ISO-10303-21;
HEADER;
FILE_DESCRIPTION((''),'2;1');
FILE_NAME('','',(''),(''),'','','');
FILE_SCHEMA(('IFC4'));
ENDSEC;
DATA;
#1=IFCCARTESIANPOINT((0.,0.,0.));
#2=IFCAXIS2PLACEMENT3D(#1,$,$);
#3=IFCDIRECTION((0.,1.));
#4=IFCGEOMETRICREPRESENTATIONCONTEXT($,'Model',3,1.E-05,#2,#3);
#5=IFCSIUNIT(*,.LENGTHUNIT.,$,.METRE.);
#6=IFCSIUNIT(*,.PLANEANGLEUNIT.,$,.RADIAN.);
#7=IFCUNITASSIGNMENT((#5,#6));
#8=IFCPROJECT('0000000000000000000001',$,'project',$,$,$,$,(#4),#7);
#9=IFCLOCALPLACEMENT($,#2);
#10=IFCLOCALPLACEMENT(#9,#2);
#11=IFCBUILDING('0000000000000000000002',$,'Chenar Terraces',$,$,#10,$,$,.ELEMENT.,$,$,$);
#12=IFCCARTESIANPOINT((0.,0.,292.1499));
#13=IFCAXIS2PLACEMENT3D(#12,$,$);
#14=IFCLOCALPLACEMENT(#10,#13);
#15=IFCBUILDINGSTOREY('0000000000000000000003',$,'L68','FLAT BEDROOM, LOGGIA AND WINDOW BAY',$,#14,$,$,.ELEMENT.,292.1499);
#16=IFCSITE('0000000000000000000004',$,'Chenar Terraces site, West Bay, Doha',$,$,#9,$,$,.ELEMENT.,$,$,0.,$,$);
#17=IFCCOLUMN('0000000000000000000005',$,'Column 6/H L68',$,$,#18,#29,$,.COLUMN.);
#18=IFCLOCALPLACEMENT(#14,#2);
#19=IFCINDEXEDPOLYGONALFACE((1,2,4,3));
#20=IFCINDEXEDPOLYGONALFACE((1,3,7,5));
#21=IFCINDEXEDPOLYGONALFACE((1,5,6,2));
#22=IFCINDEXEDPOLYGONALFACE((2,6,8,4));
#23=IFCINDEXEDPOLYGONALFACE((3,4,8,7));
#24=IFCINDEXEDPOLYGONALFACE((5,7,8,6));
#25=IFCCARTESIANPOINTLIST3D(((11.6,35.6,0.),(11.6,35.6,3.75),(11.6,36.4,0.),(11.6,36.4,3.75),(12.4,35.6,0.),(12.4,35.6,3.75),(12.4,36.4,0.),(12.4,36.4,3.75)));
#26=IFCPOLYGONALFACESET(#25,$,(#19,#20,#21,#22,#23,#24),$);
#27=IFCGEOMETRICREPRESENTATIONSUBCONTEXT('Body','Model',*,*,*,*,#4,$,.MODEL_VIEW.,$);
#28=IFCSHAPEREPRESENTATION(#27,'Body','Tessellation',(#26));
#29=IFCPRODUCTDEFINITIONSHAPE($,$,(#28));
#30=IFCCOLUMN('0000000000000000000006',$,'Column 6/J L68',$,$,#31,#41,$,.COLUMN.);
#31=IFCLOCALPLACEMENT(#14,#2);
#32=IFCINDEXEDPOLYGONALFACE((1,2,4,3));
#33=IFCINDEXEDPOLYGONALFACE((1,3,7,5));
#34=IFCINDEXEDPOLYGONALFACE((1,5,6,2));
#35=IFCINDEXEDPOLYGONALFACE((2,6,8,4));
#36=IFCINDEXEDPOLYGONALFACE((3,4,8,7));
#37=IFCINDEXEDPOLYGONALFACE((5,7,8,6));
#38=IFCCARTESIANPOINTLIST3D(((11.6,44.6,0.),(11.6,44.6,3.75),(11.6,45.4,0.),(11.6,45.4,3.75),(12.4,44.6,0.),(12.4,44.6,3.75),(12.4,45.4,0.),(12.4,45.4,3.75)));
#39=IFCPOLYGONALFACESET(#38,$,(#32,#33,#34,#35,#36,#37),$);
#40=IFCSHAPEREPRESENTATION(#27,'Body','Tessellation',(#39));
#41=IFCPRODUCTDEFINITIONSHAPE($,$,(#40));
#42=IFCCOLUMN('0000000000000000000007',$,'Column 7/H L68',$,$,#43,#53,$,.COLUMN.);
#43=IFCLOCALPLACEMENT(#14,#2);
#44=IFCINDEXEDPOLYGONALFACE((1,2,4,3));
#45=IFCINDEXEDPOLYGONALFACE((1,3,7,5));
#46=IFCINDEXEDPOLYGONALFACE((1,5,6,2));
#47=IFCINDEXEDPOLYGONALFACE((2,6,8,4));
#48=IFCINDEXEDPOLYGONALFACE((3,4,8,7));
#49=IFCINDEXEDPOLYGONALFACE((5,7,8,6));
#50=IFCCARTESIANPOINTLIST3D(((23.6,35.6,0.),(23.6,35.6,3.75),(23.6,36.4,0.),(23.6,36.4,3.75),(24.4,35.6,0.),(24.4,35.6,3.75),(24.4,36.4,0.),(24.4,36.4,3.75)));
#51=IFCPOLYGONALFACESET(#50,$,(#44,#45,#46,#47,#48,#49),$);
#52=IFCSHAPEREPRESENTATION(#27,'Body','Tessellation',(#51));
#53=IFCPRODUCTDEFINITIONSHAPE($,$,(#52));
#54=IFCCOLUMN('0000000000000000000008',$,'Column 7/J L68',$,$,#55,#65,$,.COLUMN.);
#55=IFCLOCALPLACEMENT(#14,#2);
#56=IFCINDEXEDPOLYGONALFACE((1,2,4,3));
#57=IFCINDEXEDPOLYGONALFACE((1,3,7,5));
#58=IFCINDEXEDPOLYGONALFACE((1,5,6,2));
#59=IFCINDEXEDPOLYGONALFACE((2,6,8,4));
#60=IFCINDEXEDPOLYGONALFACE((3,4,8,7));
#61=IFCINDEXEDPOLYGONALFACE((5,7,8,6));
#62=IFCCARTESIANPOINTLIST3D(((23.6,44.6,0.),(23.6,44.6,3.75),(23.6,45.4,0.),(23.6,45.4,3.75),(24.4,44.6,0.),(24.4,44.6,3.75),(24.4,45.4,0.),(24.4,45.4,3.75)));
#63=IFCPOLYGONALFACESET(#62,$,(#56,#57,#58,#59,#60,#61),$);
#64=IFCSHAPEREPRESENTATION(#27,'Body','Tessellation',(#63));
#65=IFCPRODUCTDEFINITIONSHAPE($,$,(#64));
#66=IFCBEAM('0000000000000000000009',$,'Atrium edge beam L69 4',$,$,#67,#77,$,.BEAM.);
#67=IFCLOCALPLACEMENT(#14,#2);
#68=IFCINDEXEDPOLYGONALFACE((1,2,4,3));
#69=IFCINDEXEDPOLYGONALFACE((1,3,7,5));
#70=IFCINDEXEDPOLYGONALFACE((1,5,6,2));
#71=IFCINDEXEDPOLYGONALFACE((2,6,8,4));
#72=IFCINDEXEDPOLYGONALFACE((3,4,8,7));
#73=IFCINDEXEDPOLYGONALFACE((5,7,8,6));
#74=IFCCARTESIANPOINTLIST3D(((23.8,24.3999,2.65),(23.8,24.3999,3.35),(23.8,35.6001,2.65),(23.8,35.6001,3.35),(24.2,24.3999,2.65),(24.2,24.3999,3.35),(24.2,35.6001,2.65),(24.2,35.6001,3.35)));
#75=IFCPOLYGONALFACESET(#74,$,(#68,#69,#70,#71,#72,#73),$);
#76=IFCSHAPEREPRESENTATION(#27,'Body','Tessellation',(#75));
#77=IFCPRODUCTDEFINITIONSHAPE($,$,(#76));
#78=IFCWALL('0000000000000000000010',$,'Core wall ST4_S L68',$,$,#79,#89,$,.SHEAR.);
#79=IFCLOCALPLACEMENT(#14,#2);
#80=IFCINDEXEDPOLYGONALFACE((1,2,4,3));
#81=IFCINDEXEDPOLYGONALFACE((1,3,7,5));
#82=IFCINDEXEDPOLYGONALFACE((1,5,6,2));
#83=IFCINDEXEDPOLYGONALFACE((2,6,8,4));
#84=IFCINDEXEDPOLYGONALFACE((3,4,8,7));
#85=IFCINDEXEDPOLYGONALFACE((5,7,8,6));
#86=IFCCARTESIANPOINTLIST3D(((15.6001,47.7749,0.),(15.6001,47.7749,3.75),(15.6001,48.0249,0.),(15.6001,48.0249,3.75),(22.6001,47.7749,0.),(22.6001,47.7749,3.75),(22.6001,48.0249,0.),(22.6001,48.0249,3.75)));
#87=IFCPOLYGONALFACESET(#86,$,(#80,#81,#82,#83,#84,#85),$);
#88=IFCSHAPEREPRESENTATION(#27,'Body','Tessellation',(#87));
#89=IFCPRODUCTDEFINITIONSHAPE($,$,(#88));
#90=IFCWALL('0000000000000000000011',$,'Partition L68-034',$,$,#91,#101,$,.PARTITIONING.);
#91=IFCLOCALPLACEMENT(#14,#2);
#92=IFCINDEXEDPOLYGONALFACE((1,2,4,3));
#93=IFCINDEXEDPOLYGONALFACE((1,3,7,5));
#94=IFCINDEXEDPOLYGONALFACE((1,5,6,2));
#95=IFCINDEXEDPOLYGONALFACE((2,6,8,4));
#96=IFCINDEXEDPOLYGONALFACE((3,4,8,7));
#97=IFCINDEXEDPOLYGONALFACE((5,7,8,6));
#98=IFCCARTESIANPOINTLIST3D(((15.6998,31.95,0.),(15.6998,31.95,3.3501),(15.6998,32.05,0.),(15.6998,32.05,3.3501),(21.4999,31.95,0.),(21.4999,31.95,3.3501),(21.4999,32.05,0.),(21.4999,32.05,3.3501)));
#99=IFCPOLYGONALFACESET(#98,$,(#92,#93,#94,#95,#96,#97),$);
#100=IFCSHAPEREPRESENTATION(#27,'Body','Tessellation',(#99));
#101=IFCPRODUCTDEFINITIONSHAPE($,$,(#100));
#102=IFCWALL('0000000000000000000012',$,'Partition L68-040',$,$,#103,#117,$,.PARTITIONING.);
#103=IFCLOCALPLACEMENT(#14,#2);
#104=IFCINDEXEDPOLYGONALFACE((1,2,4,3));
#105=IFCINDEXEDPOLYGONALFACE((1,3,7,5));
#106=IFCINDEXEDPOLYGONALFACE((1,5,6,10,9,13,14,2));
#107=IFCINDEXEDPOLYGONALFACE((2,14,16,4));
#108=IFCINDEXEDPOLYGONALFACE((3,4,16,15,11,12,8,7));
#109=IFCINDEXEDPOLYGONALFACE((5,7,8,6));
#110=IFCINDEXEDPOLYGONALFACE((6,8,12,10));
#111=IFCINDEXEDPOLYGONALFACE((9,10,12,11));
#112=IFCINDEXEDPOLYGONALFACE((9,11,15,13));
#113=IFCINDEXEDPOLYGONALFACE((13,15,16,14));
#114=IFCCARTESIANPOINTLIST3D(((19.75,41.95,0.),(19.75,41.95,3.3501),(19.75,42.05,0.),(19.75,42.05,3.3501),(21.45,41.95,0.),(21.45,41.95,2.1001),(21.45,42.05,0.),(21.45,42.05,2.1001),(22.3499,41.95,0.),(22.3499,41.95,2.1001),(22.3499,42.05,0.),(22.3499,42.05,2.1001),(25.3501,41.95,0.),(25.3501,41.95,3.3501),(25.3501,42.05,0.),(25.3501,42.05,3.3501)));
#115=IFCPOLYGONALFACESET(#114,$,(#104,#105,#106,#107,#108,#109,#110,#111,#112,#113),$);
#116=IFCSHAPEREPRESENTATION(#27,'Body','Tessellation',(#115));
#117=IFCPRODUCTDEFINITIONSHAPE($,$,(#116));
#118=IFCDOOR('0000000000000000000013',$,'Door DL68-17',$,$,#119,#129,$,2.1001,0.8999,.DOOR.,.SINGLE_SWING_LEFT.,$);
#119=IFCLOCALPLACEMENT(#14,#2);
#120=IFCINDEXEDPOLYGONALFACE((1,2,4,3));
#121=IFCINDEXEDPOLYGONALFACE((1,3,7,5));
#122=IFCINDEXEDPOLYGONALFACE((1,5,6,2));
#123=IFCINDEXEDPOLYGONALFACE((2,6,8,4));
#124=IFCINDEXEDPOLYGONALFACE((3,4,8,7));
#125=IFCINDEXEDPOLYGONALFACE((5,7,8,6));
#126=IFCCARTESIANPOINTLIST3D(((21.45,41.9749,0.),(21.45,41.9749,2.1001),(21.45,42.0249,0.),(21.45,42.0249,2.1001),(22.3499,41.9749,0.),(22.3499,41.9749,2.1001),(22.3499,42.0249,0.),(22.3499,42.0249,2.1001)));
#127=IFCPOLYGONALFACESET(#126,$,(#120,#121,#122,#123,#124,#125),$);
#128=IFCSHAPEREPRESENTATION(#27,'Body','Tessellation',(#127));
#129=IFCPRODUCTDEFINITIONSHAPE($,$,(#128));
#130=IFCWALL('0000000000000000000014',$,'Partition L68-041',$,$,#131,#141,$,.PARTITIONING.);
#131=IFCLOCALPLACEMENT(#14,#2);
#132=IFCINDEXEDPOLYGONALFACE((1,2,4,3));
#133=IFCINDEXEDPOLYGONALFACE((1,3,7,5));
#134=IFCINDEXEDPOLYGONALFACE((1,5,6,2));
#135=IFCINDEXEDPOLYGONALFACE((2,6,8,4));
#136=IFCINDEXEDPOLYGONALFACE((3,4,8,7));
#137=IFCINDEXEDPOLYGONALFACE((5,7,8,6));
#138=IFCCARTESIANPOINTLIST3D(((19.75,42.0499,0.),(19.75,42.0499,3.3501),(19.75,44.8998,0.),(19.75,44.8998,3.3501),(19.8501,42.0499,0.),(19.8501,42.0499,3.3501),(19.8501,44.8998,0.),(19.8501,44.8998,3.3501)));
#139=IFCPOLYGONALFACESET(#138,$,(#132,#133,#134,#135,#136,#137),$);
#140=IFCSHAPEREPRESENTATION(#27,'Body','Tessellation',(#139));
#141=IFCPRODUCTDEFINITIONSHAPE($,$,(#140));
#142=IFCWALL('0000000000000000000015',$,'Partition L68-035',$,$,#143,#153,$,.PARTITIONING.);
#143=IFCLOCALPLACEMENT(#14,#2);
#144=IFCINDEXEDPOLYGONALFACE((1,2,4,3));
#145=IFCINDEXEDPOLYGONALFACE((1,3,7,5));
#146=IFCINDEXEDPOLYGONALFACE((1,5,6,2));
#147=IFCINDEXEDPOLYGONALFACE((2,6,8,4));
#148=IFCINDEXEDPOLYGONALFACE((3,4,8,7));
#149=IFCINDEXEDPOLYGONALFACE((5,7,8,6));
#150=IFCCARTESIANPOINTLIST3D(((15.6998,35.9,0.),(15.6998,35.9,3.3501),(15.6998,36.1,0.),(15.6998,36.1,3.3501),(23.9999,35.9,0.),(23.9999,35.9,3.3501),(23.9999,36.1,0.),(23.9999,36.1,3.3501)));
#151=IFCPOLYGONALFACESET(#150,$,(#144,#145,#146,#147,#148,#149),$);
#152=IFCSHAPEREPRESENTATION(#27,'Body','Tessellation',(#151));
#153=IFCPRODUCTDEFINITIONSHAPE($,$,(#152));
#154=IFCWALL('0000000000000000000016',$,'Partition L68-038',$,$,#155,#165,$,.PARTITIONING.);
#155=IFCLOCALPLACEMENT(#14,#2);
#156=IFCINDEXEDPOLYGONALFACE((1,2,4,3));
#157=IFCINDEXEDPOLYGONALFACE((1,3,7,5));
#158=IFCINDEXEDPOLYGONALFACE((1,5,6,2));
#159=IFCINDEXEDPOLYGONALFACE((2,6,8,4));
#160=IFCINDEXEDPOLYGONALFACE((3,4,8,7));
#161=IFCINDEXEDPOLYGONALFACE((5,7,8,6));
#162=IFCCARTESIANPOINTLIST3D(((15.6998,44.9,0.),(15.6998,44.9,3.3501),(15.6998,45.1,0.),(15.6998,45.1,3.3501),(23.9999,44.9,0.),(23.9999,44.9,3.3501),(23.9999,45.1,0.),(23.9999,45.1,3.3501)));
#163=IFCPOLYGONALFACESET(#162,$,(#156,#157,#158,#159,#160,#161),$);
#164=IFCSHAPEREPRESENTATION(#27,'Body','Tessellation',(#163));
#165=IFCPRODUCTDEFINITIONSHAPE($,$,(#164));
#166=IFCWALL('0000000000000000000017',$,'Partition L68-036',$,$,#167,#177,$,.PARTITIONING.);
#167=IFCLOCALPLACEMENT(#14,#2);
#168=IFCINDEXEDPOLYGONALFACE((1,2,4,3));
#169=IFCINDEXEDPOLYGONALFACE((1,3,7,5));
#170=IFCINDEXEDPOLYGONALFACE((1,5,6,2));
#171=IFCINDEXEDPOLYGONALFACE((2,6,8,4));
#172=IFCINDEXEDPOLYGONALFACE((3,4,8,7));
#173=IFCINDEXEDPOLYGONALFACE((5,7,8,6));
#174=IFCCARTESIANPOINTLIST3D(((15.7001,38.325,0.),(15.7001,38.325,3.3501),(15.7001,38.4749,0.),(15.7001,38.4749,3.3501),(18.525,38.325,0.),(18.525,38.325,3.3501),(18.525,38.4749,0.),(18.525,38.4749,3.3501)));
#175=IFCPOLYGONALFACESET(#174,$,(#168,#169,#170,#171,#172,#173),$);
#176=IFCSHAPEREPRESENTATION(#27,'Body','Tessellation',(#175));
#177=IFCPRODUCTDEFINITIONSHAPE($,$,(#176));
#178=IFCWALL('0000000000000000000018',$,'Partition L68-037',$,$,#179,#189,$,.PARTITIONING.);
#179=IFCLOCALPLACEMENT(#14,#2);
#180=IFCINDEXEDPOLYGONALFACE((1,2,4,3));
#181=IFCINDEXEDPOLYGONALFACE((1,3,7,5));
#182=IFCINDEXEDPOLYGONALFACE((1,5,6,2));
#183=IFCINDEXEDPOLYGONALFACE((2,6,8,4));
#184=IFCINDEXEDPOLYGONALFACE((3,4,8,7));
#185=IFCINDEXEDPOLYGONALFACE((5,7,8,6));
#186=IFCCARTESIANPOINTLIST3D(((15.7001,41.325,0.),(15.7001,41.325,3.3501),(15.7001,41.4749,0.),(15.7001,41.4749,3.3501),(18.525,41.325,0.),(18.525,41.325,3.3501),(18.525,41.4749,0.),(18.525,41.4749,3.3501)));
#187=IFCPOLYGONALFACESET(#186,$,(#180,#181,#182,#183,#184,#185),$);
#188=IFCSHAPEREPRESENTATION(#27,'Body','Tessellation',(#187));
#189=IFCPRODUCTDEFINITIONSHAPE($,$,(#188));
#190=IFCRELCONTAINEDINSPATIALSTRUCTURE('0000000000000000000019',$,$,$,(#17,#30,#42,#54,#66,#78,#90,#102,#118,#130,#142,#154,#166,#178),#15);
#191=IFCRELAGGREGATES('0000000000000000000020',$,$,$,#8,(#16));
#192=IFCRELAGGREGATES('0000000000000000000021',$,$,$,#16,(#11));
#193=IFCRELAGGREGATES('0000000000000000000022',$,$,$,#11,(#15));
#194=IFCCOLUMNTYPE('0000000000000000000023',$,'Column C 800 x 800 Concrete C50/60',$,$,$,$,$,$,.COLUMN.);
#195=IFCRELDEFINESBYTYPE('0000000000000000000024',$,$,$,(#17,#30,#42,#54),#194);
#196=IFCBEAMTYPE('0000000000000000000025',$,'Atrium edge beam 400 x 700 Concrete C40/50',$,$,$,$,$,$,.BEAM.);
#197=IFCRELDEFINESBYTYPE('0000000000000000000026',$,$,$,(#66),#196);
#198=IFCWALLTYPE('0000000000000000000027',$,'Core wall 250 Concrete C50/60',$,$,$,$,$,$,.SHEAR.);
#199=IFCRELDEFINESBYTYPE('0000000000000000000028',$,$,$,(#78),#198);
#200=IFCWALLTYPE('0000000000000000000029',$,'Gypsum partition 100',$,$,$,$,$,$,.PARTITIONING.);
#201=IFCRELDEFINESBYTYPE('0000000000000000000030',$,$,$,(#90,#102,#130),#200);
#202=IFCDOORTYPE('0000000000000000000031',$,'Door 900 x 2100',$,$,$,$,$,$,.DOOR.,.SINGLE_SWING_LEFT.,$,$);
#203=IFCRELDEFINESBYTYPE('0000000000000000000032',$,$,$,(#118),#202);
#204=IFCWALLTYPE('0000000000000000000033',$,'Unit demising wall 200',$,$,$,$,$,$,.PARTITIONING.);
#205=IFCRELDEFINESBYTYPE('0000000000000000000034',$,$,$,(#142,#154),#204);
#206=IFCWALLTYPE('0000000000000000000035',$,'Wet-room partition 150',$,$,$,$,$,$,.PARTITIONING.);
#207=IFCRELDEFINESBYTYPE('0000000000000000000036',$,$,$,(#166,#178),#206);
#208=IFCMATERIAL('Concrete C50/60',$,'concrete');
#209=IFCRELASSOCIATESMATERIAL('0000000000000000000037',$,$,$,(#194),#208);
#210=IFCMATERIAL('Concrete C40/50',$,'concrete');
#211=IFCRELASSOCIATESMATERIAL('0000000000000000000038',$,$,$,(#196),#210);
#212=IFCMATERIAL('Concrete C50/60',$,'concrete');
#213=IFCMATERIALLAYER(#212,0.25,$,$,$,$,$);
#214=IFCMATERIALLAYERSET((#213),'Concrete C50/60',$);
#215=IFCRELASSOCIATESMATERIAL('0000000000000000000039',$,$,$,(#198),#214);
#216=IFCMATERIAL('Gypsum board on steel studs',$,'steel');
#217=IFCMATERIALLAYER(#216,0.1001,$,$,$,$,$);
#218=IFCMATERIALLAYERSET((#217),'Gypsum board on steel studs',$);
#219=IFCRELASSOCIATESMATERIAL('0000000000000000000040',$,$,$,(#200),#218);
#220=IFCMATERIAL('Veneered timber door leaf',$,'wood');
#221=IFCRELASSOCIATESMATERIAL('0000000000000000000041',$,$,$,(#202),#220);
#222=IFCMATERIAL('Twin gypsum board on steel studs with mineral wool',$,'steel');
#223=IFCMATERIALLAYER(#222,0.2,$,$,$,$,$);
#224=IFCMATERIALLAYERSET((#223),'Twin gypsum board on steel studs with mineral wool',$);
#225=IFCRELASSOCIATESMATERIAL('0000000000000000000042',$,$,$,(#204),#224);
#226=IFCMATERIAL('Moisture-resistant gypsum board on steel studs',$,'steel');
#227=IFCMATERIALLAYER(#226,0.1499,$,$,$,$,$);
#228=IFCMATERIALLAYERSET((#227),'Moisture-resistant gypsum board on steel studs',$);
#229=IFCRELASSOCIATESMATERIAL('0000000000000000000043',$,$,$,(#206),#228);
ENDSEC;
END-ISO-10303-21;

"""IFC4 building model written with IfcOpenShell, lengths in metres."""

from ifc_helpers import new_model, si_unit, direction, frame, frame_2d, origin, origin_2d, place, context, subcontext, project, spatial, rectangle, extrude, material, layer, layer_set, material_profile, profile_set, type_object, element, fill, save


model = new_model("IFC4")

# Units and contexts
model_context = context("Model", 3, precision=1e-05, world=origin(), true_north=direction((0.0, 1.0)))
body_context = subcontext(model_context, "Body", "Model", "MODEL_VIEW")
ifc_project = project(units=[si_unit("LENGTHUNIT", "METRE"), si_unit("PLANEANGLEUNIT", "RADIAN")], contexts=[model_context])

# Site, building, storey
site_placement = place(None, origin())
site = spatial("IfcSite", under=ifc_project, at=site_placement, Name="Chenar Terraces site, West Bay, Doha", CompositionType="ELEMENT", RefElevation=0.0)
building_placement = place(site_placement, origin())
building = spatial("IfcBuilding", under=site, at=building_placement, Name="Chenar Terraces", CompositionType="ELEMENT")
storey_placement = place(building_placement, frame((0.0, 0.0, 292.1499)))
storey = spatial("IfcBuildingStorey", under=building, at=storey_placement, Name="L68", Description="FLAT BEDROOM, LOGGIA AND WINDOW BAY", CompositionType="ELEMENT", Elevation=292.1499)

# Columns
ifc_material_1 = material(Name="Concrete C50/60", Category="concrete")
ifc_material_profile_1 = material_profile(ifc_material_1, rectangle(XDim=0.8, YDim=0.8, at=origin_2d()), Name="C 800 x 800")
ifc_profile_set_1 = profile_set([ifc_material_profile_1], Name="Concrete C50/60")
column_type = type_object("IfcColumnType", Name="Column C 800 x 800 Concrete C50/60", PredefinedType="COLUMN", material=ifc_profile_set_1)
for number, where, z_axis, x_axis, name in (
    (1, (12.0, 36.0, 0.0), (0.0, 0.0, 1.0), (1.0, 0.0, 0.0), "Column 6/H L68"),
    (2, (12.0, 45.0, 0.0), (0.0, 0.0, 1.0), (1.0, 0.0, 0.0), "Column 6/J L68"),
    (3, (24.0, 36.0, 0.0), (0.0, 0.0, 1.0), (1.0, 0.0, 0.0), "Column 7/H L68"),
    (4, (24.0, 45.0, 0.0), (0.0, 0.0, 1.0), (1.0, 0.0, 0.0), "Column 7/J L68"),
):
    element("IfcColumn", number, at=place(storey_placement, frame(where, z_axis=z_axis, x_axis=x_axis)), inside=storey, type_object=column_type, Name=name, PredefinedType="COLUMN", context=body_context, shape_type="SweptSolid", body=[
        extrude(rectangle(XDim=0.8, YDim=0.8, at=origin_2d()), origin(), (0.0, 0.0, 1.0), 3.75),
    ])

# Beam
ifc_material_2 = material(Name="Concrete C40/50", Category="concrete")
ifc_material_profile_2 = material_profile(ifc_material_2, rectangle(XDim=0.3999, YDim=0.7, at=origin_2d()), Name="RC 400 x 700")
ifc_profile_set_2 = profile_set([ifc_material_profile_2], Name="Concrete C40/50")
beam_type = type_object("IfcBeamType", Name="Atrium edge beam 400 x 700 Concrete C40/50", PredefinedType="BEAM", material=ifc_profile_set_2)
beam_placement = place(storey_placement, frame((24.0, 35.6001, 3.0), z_axis=(0.0, -1.0, 0.0), x_axis=(1.0, 0.0, 0.0)))
element("IfcBeam", 5, at=beam_placement, inside=storey, type_object=beam_type, Name="Atrium edge beam L69 4", PredefinedType="BEAM", context=body_context, shape_type="SweptSolid", body=[
    extrude(rectangle(XDim=0.3999, YDim=0.7, at=origin_2d()), origin(), (0.0, 0.0, 1.0), 11.2002),
])

# Walls
ifc_material_3 = material(Name="Concrete C50/60", Category="concrete")
ifc_layer_1 = layer(ifc_material_3, 0.25)
ifc_layer_set_1 = layer_set([ifc_layer_1], Name="Concrete C50/60")
wall_type_1 = type_object("IfcWallType", Name="Core wall 250 Concrete C50/60", PredefinedType="SHEAR", material=ifc_layer_set_1)
wall_1_placement = place(storey_placement, frame((15.6001, 47.8999, 0.0), z_axis=(0.0, 0.0, 1.0), x_axis=(1.0, 0.0, 0.0)))
element("IfcWall", 6, at=wall_1_placement, inside=storey, type_object=wall_type_1, Name="Core wall ST4_S L68", PredefinedType="SHEAR", context=body_context, shape_type="SweptSolid", body=[
    extrude(rectangle(XDim=7.0, YDim=0.25, at=frame_2d((3.5, 0.0))), origin(), (0.0, 0.0, 1.0), 3.75),
])
ifc_material_4 = material(Name="Gypsum board on steel studs", Category="steel")
ifc_layer_2 = layer(ifc_material_4, 0.1001)
ifc_layer_set_2 = layer_set([ifc_layer_2], Name="Gypsum board on steel studs")
wall_type_2 = type_object("IfcWallType", Name="Gypsum partition 100", PredefinedType="PARTITIONING", material=ifc_layer_set_2)
wall_2_placement = place(storey_placement, frame((15.7, 32.0, 0.0), z_axis=(0.0, 0.0, 1.0), x_axis=(1.0, 0.0, 0.0)))
element("IfcWall", 7, at=wall_2_placement, inside=storey, type_object=wall_type_2, Name="Partition L68-034", PredefinedType="PARTITIONING", context=body_context, shape_type="SweptSolid", body=[
    extrude(rectangle(XDim=5.8, YDim=0.1001, at=frame_2d((2.8999, 0.0))), origin(), (0.0, 0.0, 1.0), 3.3501),
])

# Wall, opening, door
wall_3_placement = place(storey_placement, frame((19.75, 42.0, 0.0), z_axis=(0.0, 0.0, 1.0), x_axis=(1.0, 0.0, 0.0)))
wall_3 = element("IfcWall", 8, at=wall_3_placement, inside=storey, type_object=wall_type_2, Name="Partition L68-040", PredefinedType="PARTITIONING", context=body_context, shape_type="SweptSolid", body=[
    extrude(rectangle(XDim=5.6001, YDim=0.1001, at=frame_2d((2.8, 0.0))), origin(), (0.0, 0.0, 1.0), 3.3501),
])
opening_1_placement = place(wall_3_placement, frame((1.7, 0.0, 0.0)))
opening_1 = element("IfcOpeningElement", 9, at=opening_1_placement, cuts=wall_3, PredefinedType="OPENING", context=body_context, shape_type="SweptSolid", body=[
    extrude(rectangle(XDim=0.8999, YDim=2.1001, at=frame_2d((0.45, 1.05))), frame((0.0, 0.0601, 0.0), z_axis=(0.0, -1.0, 0.0), x_axis=(1.0, 0.0, 0.0)), (0.0, 0.0, 1.0), 0.1201),
])
ifc_material_5 = material(Name="Veneered timber door leaf", Category="wood")
door_type_1 = type_object("IfcDoorType", Name="Door 900 x 2100", OperationType="SINGLE_SWING_LEFT", PredefinedType="DOOR", material=ifc_material_5)
door_1_placement = place(opening_1_placement, origin())
door_1 = element("IfcDoor", 10, at=door_1_placement, inside=storey, type_object=door_type_1, Name="Door DL68-17", OperationType="SINGLE_SWING_LEFT", OverallHeight=2.1001, OverallWidth=0.8999, PredefinedType="DOOR", context=body_context, shape_type="SweptSolid", body=[
    extrude(rectangle(XDim=0.8999, YDim=2.1001, at=frame_2d((0.45, 1.05))), frame((0.0, 0.0249, 0.0), z_axis=(0.0, -1.0, 0.0), x_axis=(1.0, 0.0, 0.0)), (0.0, 0.0, 1.0), 0.05),
])
fill(opening_1, door_1)

# Walls
wall_4_placement = place(storey_placement, frame((19.8, 42.05, 0.0), z_axis=(0.0, 0.0, 1.0), x_axis=(0.0, 1.0, 0.0)))
element("IfcWall", 11, at=wall_4_placement, inside=storey, type_object=wall_type_2, Name="Partition L68-041", PredefinedType="PARTITIONING", context=body_context, shape_type="SweptSolid", body=[
    extrude(rectangle(XDim=2.8499, YDim=0.1001, at=frame_2d((1.4248, 0.0))), origin(), (0.0, 0.0, 1.0), 3.3501),
])
ifc_material_6 = material(Name="Twin gypsum board on steel studs with mineral wool", Category="steel")
ifc_layer_3 = layer(ifc_material_6, 0.2)
ifc_layer_set_3 = layer_set([ifc_layer_3], Name="Twin gypsum board on steel studs with mineral wool")
wall_type_3 = type_object("IfcWallType", Name="Unit demising wall 200", PredefinedType="PARTITIONING", material=ifc_layer_set_3)
for number, where, z_axis, x_axis, name in (
    (12, (15.7, 36.0, 0.0), (0.0, 0.0, 1.0), (1.0, 0.0, 0.0), "Partition L68-035"),
    (13, (15.7, 45.0, 0.0), (0.0, 0.0, 1.0), (1.0, 0.0, 0.0), "Partition L68-038"),
):
    element("IfcWall", number, at=place(storey_placement, frame(where, z_axis=z_axis, x_axis=x_axis)), inside=storey, type_object=wall_type_3, Name=name, PredefinedType="PARTITIONING", context=body_context, shape_type="SweptSolid", body=[
        extrude(rectangle(XDim=8.3, YDim=0.2, at=frame_2d((4.1499, 0.0))), origin(), (0.0, 0.0, 1.0), 3.3501),
    ])
ifc_material_7 = material(Name="Moisture-resistant gypsum board on steel studs", Category="steel")
ifc_layer_4 = layer(ifc_material_7, 0.1499)
ifc_layer_set_4 = layer_set([ifc_layer_4], Name="Moisture-resistant gypsum board on steel studs")
wall_type_4 = type_object("IfcWallType", Name="Wet-room partition 150", PredefinedType="PARTITIONING", material=ifc_layer_set_4)
for number, where, z_axis, x_axis, name in (
    (14, (15.7, 38.3999, 0.0), (0.0, 0.0, 1.0), (1.0, 0.0, 0.0), "Partition L68-036"),
    (15, (15.7, 41.3999, 0.0), (0.0, 0.0, 1.0), (1.0, 0.0, 0.0), "Partition L68-037"),
):
    element("IfcWall", number, at=place(storey_placement, frame(where, z_axis=z_axis, x_axis=x_axis)), inside=storey, type_object=wall_type_4, Name=name, PredefinedType="PARTITIONING", context=body_context, shape_type="SweptSolid", body=[
        extrude(rectangle(XDim=2.825, YDim=0.1499, at=frame_2d((1.4126, 0.0))), origin(), (0.0, 0.0, 1.0), 3.3501),
    ])

save(model, "model.ifc")
